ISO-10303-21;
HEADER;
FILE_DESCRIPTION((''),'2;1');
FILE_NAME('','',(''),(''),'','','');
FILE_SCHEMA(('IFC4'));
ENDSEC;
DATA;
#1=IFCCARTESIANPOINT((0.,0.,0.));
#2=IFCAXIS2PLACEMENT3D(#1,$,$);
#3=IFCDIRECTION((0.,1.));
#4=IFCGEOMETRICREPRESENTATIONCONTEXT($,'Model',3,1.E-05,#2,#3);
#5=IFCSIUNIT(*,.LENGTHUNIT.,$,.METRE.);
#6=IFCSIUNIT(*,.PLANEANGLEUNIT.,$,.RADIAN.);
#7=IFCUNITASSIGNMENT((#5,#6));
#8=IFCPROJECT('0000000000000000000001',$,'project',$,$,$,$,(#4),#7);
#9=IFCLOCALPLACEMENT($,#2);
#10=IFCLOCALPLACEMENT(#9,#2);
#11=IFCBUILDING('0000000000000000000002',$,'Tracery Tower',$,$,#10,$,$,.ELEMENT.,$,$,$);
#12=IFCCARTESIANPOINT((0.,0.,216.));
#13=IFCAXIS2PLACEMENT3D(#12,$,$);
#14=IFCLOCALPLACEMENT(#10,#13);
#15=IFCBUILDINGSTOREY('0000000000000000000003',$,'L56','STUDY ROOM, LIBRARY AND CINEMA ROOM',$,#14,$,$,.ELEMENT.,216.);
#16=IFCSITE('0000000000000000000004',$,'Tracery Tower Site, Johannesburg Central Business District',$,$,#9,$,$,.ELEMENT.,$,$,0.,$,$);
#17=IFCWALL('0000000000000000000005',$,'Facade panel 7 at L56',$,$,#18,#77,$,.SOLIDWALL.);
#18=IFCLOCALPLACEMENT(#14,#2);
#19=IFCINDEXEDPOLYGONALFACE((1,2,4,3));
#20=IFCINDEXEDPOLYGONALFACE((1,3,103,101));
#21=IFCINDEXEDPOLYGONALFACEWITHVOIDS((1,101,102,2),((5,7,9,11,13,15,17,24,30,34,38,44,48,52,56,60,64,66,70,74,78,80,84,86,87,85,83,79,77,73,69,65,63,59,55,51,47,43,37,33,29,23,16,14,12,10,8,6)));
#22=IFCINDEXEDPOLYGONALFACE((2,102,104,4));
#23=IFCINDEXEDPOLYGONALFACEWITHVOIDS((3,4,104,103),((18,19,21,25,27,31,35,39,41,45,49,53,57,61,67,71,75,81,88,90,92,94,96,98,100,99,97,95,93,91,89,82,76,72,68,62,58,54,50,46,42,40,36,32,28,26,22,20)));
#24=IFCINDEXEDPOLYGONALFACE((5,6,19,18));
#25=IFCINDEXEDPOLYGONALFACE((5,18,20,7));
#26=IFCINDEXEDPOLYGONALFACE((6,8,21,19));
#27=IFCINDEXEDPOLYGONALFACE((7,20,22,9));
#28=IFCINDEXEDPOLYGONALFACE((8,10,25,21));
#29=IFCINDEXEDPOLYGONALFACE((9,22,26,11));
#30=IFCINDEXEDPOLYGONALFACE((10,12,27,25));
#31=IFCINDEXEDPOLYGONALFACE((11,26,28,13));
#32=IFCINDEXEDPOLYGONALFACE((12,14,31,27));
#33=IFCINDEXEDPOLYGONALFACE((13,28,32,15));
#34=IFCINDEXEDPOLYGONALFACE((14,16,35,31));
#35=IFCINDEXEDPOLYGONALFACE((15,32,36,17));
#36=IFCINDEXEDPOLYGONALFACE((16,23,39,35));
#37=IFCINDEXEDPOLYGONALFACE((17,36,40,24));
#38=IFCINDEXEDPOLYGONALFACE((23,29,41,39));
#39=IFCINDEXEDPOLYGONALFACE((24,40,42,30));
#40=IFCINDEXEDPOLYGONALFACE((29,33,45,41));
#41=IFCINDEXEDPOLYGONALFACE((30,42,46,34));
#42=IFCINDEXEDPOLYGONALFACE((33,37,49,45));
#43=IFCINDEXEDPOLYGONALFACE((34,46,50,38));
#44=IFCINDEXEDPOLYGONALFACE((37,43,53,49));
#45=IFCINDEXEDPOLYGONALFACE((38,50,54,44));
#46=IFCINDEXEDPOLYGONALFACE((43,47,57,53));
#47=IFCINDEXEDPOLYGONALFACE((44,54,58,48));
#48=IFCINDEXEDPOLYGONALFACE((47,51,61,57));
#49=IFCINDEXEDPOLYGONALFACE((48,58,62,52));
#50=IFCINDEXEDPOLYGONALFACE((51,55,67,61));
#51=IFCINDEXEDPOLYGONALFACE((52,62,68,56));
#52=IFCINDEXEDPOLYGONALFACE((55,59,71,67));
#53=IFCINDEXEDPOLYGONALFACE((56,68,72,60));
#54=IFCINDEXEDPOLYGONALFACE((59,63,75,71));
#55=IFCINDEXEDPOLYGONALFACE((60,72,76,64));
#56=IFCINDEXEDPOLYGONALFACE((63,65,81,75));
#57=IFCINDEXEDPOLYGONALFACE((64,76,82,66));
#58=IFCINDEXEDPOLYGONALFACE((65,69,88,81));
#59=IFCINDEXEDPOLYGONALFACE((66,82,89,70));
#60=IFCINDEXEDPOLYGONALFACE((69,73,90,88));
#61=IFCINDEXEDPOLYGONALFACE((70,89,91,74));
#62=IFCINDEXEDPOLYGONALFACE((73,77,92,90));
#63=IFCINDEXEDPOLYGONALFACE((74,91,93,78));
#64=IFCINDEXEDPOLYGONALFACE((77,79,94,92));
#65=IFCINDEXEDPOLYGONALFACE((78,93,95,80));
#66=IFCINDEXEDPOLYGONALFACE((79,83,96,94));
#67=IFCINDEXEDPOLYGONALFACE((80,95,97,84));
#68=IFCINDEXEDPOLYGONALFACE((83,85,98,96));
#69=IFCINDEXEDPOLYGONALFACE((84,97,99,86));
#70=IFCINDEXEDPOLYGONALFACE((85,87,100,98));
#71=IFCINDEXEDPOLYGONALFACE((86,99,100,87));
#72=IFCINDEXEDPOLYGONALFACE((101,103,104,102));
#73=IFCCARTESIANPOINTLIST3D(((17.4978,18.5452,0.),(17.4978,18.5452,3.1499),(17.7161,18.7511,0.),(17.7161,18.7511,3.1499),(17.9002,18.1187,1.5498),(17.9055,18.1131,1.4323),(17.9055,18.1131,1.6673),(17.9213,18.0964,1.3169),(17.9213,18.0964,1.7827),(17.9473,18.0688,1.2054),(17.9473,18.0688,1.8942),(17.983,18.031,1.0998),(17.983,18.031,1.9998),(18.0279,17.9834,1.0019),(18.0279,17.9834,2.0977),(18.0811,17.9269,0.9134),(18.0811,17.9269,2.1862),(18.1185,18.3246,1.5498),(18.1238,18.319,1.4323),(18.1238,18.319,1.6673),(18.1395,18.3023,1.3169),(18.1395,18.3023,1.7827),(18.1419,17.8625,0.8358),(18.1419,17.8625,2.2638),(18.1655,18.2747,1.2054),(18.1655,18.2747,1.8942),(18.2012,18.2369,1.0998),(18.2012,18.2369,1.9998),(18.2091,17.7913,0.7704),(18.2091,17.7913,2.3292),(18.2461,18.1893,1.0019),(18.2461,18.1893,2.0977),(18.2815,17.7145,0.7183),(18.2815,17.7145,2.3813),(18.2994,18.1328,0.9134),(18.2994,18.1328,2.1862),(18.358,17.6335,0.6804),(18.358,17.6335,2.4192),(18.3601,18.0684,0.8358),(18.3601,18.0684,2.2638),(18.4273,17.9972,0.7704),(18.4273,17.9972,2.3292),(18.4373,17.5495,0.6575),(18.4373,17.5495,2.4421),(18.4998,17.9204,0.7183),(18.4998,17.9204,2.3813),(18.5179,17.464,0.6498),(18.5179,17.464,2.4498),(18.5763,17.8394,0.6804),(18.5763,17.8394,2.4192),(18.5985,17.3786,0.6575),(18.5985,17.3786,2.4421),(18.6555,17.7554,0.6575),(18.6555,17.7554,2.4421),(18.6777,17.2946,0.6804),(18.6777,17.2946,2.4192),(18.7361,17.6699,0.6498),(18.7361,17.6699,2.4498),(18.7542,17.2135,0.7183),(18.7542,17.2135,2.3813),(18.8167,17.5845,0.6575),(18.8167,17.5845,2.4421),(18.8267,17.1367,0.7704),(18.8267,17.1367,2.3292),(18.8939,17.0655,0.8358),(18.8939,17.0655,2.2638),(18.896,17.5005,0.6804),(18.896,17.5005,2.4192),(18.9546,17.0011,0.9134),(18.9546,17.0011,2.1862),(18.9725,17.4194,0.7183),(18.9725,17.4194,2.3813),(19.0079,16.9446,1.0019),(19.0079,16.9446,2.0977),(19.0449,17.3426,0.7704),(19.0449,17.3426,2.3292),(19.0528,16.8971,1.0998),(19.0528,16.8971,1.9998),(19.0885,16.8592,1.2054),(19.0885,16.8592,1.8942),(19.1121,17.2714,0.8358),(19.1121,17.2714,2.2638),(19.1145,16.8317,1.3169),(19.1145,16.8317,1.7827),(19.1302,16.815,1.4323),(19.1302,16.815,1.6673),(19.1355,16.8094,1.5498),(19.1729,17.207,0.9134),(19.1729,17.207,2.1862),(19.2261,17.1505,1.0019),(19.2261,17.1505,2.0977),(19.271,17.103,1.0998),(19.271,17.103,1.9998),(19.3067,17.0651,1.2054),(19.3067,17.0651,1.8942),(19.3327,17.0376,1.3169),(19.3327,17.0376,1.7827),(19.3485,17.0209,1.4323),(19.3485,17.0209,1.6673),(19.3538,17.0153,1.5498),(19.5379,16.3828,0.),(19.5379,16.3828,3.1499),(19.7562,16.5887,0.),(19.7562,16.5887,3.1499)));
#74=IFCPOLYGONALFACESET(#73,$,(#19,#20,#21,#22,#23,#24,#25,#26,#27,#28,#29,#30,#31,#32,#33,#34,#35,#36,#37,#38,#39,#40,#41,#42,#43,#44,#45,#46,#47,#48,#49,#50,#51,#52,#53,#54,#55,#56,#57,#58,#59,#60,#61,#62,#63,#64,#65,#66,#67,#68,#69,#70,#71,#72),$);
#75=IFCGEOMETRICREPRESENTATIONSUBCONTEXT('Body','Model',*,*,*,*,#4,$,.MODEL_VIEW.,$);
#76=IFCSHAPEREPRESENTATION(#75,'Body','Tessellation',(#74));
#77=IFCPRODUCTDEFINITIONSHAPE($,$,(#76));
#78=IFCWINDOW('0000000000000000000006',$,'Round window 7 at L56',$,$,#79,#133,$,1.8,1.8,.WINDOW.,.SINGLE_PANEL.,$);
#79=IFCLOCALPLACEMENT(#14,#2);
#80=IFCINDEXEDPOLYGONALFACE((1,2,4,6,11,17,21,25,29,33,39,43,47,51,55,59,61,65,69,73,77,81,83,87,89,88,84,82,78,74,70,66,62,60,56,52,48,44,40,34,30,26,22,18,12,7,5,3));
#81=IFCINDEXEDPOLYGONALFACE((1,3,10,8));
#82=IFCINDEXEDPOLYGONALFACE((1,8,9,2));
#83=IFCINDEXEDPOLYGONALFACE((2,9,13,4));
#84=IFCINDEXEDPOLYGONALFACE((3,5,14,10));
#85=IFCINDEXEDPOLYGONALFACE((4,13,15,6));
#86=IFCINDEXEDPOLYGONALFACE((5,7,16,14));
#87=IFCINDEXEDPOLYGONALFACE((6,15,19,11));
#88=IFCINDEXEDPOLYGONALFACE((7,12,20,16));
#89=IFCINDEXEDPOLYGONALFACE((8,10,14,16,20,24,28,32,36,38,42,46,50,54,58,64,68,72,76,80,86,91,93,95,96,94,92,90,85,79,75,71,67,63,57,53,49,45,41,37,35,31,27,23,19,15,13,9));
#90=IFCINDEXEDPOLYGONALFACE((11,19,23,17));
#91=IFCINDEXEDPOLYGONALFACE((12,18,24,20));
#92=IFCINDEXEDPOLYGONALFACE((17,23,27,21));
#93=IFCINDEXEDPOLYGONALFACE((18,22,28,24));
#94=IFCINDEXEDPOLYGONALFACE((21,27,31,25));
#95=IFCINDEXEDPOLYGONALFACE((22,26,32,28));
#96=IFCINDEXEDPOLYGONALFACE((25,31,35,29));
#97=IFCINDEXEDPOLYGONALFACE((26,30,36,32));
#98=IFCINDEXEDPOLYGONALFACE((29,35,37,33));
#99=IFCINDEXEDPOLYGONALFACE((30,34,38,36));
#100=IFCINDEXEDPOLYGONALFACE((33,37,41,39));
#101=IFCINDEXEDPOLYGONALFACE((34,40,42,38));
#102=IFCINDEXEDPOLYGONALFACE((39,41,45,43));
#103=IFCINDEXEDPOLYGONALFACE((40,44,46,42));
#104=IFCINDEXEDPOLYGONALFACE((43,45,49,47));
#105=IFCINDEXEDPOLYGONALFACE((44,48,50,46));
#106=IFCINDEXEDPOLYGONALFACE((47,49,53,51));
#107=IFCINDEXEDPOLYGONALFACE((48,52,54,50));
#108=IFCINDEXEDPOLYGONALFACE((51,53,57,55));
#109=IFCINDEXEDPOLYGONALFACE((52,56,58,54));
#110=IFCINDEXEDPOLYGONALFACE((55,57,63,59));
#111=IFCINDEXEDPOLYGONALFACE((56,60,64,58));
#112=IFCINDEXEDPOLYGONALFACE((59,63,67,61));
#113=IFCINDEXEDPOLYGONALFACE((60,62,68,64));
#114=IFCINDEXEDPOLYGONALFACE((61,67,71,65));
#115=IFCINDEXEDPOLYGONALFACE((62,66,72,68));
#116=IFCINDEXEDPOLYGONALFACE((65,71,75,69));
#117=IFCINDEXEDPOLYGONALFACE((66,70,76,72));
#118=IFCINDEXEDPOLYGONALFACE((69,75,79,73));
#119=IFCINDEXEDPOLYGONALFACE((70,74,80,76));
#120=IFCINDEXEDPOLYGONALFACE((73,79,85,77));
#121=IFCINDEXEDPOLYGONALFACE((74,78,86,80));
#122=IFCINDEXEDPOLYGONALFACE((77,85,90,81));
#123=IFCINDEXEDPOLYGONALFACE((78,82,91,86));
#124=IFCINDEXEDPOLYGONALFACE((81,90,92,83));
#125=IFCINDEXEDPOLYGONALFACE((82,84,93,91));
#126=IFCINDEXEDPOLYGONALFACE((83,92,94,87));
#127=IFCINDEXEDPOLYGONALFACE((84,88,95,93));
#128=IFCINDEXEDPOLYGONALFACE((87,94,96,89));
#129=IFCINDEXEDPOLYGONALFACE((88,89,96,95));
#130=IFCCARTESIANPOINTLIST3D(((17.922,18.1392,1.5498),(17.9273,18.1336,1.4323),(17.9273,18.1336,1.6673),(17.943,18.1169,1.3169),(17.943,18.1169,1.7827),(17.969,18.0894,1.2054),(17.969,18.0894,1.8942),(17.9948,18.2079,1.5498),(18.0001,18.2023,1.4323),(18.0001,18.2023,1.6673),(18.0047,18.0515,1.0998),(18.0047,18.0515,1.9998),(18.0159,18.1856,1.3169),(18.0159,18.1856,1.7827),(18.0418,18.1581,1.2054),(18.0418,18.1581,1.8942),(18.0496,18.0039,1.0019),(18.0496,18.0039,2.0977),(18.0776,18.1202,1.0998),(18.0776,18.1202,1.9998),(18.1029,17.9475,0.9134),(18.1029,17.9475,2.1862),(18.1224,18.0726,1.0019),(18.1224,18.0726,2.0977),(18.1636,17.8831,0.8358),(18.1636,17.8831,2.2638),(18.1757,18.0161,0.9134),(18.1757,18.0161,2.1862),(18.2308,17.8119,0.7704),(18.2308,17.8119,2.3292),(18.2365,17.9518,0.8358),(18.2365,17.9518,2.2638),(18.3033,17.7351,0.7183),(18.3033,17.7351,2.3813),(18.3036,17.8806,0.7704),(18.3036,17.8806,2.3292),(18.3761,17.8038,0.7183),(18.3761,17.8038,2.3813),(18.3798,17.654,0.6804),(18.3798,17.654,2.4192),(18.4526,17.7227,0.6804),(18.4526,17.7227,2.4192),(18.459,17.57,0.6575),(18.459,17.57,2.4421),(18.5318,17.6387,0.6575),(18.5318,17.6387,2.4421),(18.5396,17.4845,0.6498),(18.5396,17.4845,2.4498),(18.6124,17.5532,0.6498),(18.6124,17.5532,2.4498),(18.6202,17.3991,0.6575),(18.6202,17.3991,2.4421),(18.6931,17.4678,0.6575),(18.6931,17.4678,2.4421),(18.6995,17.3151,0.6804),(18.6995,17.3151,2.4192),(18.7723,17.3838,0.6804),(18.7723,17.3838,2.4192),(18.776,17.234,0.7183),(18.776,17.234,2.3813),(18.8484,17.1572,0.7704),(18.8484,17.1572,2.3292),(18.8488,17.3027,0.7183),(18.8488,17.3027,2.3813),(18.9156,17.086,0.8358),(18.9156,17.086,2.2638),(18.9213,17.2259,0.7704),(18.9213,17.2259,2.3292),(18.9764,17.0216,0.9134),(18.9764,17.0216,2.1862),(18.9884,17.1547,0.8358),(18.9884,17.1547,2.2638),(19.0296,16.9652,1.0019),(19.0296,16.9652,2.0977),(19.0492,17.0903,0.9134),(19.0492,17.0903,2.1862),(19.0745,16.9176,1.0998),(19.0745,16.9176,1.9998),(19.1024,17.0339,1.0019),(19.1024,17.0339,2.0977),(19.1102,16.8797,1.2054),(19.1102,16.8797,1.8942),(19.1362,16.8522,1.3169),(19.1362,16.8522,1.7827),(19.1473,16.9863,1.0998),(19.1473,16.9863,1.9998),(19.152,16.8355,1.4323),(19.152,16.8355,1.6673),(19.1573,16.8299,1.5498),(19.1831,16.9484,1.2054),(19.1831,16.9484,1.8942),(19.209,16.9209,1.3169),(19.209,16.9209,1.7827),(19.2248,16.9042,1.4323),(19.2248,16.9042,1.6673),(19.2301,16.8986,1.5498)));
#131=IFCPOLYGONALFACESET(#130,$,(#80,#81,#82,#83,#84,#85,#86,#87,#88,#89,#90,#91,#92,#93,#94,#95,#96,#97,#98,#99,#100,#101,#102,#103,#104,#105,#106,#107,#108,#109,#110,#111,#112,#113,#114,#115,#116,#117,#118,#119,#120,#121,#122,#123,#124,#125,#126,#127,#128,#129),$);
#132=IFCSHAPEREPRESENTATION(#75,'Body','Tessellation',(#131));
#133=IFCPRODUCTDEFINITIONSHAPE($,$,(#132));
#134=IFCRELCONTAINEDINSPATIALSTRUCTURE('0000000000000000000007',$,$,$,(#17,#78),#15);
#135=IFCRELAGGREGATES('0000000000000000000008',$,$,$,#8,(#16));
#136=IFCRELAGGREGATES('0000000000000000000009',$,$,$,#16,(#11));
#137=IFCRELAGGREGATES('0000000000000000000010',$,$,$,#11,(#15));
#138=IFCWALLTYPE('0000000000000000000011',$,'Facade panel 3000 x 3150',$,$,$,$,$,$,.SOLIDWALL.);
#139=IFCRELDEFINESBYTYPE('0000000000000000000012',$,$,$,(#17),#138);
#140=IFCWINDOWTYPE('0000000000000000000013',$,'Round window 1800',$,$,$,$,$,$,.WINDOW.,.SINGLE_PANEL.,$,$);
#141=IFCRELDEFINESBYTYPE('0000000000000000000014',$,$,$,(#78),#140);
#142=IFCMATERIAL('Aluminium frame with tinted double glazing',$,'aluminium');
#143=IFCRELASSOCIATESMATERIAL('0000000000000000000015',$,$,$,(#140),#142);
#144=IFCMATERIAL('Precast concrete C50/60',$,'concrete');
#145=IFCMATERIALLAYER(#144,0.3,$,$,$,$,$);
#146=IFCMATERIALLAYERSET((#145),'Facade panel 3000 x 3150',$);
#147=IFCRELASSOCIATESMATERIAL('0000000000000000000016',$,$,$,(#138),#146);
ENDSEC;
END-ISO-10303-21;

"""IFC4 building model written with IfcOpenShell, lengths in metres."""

from ifc_helpers import new_model, si_unit, direction, frame, frame_2d, origin, origin_2d, place, context, subcontext, project, spatial, rectangle, circle, extrude, material, layer, layer_set, type_object, element, fill, save


model = new_model("IFC4")

# Units and contexts
model_context = context("Model", 3, precision=1e-05, world=origin(), true_north=direction((0.0, 1.0)))
body_context = subcontext(model_context, "Body", "Model", "MODEL_VIEW")
ifc_project = project(units=[si_unit("LENGTHUNIT", "METRE"), si_unit("PLANEANGLEUNIT", "RADIAN")], contexts=[model_context])

# Site, building, storey
site_placement = place(None, origin())
site = spatial("IfcSite", under=ifc_project, at=site_placement, Name="Tracery Tower Site, Johannesburg Central Business District", CompositionType="ELEMENT", RefElevation=0.0)
building_placement = place(site_placement, origin())
building = spatial("IfcBuilding", under=site, at=building_placement, Name="Tracery Tower", CompositionType="ELEMENT")
storey_placement = place(building_placement, frame((0.0, 0.0, 216.0)))
storey = spatial("IfcBuildingStorey", under=building, at=storey_placement, Name="L56", Description="STUDY ROOM, LIBRARY AND CINEMA ROOM", CompositionType="ELEMENT", Elevation=216.0)

# Wall, opening, window
ifc_material_1 = material(Name="Aluminium frame with tinted double glazing", Category="aluminium")
window_type = type_object("IfcWindowType", Name="Round window 1800", PartitioningType="SINGLE_PANEL", PredefinedType="WINDOW", material=ifc_material_1)
ifc_material_2 = material(Name="Precast concrete C50/60", Category="concrete")
ifc_layer_1 = layer(ifc_material_2, 0.3)
ifc_layer_set_1 = layer_set([ifc_layer_1], Name="Facade panel 3000 x 3150")
wall_type_1 = type_object("IfcWallType", Name="Facade panel 3000 x 3150", PredefinedType="SOLIDWALL", material=ifc_layer_set_1)
wall_1_placement = place(storey_placement, frame((19.647, 16.4858, 0.0), z_axis=(0.0, 0.0, 1.0), x_axis=(-0.686235, 0.72738, 0.0)))
wall_1 = element("IfcWall", 1, at=wall_1_placement, inside=storey, type_object=wall_type_1, Name="Facade panel 7 at L56", PredefinedType="SOLIDWALL", context=body_context, shape_type="SweptSolid", body=[
    extrude(rectangle(XDim=2.9729, YDim=0.3, at=frame_2d((1.4863, 0.0))), origin(), (0.0, 0.0, 1.0), 3.1499),
])
opening_1_placement = place(wall_1_placement, frame((1.4863, 0.0, 1.5498)))
opening_1 = element("IfcOpeningElement", 2, at=opening_1_placement, cuts=wall_1, PredefinedType="OPENING", context=body_context, shape_type="SweptSolid", body=[
    extrude(circle(Radius=0.9, at=origin_2d()), frame((0.0, 0.1599, 0.0), z_axis=(0.0, -1.0, 0.0), x_axis=(1.0, 0.0, 0.0)), (0.0, 0.0, 1.0), 0.3201),
])
window_1_placement = place(opening_1_placement, origin())
window_1 = element("IfcWindow", 3, at=window_1_placement, inside=storey, type_object=window_type, Name="Round window 7 at L56", OverallHeight=1.8, OverallWidth=1.8, PartitioningType="SINGLE_PANEL", PredefinedType="WINDOW", context=body_context, shape_type="SweptSolid", body=[
    extrude(circle(Radius=0.9, at=origin_2d()), frame((0.0, 0.1201, 0.0), z_axis=(0.0, -1.0, 0.0), x_axis=(1.0, 0.0, 0.0)), (0.0, 0.0, 1.0), 0.1001),
])
fill(opening_1, window_1)

save(model, "model.ifc")
